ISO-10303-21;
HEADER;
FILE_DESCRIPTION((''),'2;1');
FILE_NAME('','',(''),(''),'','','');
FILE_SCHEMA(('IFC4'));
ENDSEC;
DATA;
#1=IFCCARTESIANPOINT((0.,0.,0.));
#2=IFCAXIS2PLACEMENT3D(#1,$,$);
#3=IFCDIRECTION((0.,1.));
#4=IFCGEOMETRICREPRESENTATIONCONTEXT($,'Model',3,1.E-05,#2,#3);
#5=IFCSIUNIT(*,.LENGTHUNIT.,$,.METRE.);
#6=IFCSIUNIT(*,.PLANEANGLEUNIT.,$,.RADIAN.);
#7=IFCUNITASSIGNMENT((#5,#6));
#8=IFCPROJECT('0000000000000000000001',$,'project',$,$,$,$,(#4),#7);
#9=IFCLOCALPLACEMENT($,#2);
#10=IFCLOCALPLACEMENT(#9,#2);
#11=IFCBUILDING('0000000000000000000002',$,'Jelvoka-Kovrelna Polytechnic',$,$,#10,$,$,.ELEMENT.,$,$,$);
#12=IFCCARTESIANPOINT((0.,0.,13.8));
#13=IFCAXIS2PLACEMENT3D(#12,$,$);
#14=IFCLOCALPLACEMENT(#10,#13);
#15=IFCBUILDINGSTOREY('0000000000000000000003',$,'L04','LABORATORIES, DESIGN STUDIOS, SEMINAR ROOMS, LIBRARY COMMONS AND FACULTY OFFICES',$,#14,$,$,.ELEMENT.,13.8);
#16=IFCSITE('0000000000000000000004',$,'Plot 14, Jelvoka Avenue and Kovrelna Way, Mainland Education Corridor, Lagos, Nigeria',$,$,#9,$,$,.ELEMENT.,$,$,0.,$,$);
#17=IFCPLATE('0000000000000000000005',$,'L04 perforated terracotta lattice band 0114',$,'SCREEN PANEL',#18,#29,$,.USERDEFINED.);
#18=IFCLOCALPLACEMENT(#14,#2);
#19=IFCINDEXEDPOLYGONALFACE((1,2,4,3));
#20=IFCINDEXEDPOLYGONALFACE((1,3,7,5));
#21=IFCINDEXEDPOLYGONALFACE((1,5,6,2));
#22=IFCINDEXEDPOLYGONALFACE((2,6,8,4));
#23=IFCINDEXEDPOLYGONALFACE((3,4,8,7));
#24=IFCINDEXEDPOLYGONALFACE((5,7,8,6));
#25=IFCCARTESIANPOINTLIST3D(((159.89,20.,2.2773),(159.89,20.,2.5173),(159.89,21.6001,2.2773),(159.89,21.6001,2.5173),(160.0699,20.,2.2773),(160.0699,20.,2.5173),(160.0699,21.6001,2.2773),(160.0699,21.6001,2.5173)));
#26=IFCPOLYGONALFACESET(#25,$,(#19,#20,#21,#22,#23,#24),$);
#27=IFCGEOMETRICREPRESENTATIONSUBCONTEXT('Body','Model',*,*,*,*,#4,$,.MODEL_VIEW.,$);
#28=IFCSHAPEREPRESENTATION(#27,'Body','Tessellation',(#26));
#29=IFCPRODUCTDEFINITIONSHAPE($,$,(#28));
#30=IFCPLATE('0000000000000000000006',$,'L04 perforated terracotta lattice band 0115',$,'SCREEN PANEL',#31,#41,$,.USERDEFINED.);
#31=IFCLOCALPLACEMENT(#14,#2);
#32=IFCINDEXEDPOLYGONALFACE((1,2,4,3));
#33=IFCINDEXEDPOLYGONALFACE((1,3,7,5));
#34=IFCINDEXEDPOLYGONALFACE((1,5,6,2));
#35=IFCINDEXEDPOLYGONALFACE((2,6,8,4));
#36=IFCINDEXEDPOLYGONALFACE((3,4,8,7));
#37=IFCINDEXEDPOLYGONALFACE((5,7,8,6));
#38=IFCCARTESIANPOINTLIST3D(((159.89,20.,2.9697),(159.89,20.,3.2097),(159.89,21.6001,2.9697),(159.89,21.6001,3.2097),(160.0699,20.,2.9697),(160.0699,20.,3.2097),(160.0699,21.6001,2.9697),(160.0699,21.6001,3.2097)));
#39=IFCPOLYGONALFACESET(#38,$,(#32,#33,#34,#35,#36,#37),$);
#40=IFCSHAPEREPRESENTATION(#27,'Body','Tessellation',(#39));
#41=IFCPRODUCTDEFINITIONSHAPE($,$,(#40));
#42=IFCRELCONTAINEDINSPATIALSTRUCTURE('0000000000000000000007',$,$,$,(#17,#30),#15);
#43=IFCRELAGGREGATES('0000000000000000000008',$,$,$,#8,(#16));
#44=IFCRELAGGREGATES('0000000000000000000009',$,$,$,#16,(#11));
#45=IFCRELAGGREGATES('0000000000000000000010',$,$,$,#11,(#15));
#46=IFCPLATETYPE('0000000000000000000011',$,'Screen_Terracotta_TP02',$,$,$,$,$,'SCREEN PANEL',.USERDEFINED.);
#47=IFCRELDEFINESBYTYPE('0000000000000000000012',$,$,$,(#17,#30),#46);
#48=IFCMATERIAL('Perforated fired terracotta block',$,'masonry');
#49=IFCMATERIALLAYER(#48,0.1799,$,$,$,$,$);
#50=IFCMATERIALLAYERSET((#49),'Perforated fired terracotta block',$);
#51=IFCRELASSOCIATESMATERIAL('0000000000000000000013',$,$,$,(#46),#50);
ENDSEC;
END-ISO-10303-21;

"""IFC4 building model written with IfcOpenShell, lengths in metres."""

from ifc_helpers import new_model, si_unit, direction, frame, origin, origin_2d, place, context, subcontext, project, spatial, rectangle, extrude, material, layer, layer_set, type_object, element, save


model = new_model("IFC4")

# Units and contexts
model_context = context("Model", 3, precision=1e-05, world=origin(), true_north=direction((0.0, 1.0)))
body_context = subcontext(model_context, "Body", "Model", "MODEL_VIEW")
ifc_project = project(units=[si_unit("LENGTHUNIT", "METRE"), si_unit("PLANEANGLEUNIT", "RADIAN")], contexts=[model_context])

# Site, building, storey
site_placement = place(None, origin())
site = spatial("IfcSite", under=ifc_project, at=site_placement, Name="Plot 14, Jelvoka Avenue and Kovrelna Way, Mainland Education Corridor, Lagos, Nigeria", CompositionType="ELEMENT", RefElevation=0.0)
building_placement = place(site_placement, origin())
building = spatial("IfcBuilding", under=site, at=building_placement, Name="Jelvoka-Kovrelna Polytechnic", CompositionType="ELEMENT")
storey_placement = place(building_placement, frame((0.0, 0.0, 13.8)))
storey = spatial("IfcBuildingStorey", under=building, at=storey_placement, Name="L04", Description="LABORATORIES, DESIGN STUDIOS, SEMINAR ROOMS, LIBRARY COMMONS AND FACULTY OFFICES", CompositionType="ELEMENT", Elevation=13.8)

# Plates
ifc_material_1 = material(Name="Perforated fired terracotta block", Category="masonry")
ifc_layer = layer(ifc_material_1, 0.1799)
ifc_layer_set = layer_set([ifc_layer], Name="Perforated fired terracotta block")
plate_type = type_object("IfcPlateType", Name="Screen_Terracotta_TP02", ElementType="SCREEN PANEL", PredefinedType="USERDEFINED", material=ifc_layer_set)
for number, where, z_axis, x_axis, name in (
    (1, (159.98, 20.8, 2.2773), (0.0, 0.0, 1.0), (0.0, 1.0, 0.0), "L04 perforated terracotta lattice band 0114"),
    (2, (159.98, 20.8, 2.9697), (0.0, 0.0, 1.0), (0.0, 1.0, 0.0), "L04 perforated terracotta lattice band 0115"),
):
    element("IfcPlate", number, at=place(storey_placement, frame(where, z_axis=z_axis, x_axis=x_axis)), inside=storey, type_object=plate_type, Name=name, ObjectType="SCREEN PANEL", PredefinedType="USERDEFINED", context=body_context, shape_type="SweptSolid", body=[
        extrude(rectangle(XDim=1.6001, YDim=0.1799, at=origin_2d()), origin(), (0.0, 0.0, 1.0), 0.24),
    ])

save(model, "model.ifc")
